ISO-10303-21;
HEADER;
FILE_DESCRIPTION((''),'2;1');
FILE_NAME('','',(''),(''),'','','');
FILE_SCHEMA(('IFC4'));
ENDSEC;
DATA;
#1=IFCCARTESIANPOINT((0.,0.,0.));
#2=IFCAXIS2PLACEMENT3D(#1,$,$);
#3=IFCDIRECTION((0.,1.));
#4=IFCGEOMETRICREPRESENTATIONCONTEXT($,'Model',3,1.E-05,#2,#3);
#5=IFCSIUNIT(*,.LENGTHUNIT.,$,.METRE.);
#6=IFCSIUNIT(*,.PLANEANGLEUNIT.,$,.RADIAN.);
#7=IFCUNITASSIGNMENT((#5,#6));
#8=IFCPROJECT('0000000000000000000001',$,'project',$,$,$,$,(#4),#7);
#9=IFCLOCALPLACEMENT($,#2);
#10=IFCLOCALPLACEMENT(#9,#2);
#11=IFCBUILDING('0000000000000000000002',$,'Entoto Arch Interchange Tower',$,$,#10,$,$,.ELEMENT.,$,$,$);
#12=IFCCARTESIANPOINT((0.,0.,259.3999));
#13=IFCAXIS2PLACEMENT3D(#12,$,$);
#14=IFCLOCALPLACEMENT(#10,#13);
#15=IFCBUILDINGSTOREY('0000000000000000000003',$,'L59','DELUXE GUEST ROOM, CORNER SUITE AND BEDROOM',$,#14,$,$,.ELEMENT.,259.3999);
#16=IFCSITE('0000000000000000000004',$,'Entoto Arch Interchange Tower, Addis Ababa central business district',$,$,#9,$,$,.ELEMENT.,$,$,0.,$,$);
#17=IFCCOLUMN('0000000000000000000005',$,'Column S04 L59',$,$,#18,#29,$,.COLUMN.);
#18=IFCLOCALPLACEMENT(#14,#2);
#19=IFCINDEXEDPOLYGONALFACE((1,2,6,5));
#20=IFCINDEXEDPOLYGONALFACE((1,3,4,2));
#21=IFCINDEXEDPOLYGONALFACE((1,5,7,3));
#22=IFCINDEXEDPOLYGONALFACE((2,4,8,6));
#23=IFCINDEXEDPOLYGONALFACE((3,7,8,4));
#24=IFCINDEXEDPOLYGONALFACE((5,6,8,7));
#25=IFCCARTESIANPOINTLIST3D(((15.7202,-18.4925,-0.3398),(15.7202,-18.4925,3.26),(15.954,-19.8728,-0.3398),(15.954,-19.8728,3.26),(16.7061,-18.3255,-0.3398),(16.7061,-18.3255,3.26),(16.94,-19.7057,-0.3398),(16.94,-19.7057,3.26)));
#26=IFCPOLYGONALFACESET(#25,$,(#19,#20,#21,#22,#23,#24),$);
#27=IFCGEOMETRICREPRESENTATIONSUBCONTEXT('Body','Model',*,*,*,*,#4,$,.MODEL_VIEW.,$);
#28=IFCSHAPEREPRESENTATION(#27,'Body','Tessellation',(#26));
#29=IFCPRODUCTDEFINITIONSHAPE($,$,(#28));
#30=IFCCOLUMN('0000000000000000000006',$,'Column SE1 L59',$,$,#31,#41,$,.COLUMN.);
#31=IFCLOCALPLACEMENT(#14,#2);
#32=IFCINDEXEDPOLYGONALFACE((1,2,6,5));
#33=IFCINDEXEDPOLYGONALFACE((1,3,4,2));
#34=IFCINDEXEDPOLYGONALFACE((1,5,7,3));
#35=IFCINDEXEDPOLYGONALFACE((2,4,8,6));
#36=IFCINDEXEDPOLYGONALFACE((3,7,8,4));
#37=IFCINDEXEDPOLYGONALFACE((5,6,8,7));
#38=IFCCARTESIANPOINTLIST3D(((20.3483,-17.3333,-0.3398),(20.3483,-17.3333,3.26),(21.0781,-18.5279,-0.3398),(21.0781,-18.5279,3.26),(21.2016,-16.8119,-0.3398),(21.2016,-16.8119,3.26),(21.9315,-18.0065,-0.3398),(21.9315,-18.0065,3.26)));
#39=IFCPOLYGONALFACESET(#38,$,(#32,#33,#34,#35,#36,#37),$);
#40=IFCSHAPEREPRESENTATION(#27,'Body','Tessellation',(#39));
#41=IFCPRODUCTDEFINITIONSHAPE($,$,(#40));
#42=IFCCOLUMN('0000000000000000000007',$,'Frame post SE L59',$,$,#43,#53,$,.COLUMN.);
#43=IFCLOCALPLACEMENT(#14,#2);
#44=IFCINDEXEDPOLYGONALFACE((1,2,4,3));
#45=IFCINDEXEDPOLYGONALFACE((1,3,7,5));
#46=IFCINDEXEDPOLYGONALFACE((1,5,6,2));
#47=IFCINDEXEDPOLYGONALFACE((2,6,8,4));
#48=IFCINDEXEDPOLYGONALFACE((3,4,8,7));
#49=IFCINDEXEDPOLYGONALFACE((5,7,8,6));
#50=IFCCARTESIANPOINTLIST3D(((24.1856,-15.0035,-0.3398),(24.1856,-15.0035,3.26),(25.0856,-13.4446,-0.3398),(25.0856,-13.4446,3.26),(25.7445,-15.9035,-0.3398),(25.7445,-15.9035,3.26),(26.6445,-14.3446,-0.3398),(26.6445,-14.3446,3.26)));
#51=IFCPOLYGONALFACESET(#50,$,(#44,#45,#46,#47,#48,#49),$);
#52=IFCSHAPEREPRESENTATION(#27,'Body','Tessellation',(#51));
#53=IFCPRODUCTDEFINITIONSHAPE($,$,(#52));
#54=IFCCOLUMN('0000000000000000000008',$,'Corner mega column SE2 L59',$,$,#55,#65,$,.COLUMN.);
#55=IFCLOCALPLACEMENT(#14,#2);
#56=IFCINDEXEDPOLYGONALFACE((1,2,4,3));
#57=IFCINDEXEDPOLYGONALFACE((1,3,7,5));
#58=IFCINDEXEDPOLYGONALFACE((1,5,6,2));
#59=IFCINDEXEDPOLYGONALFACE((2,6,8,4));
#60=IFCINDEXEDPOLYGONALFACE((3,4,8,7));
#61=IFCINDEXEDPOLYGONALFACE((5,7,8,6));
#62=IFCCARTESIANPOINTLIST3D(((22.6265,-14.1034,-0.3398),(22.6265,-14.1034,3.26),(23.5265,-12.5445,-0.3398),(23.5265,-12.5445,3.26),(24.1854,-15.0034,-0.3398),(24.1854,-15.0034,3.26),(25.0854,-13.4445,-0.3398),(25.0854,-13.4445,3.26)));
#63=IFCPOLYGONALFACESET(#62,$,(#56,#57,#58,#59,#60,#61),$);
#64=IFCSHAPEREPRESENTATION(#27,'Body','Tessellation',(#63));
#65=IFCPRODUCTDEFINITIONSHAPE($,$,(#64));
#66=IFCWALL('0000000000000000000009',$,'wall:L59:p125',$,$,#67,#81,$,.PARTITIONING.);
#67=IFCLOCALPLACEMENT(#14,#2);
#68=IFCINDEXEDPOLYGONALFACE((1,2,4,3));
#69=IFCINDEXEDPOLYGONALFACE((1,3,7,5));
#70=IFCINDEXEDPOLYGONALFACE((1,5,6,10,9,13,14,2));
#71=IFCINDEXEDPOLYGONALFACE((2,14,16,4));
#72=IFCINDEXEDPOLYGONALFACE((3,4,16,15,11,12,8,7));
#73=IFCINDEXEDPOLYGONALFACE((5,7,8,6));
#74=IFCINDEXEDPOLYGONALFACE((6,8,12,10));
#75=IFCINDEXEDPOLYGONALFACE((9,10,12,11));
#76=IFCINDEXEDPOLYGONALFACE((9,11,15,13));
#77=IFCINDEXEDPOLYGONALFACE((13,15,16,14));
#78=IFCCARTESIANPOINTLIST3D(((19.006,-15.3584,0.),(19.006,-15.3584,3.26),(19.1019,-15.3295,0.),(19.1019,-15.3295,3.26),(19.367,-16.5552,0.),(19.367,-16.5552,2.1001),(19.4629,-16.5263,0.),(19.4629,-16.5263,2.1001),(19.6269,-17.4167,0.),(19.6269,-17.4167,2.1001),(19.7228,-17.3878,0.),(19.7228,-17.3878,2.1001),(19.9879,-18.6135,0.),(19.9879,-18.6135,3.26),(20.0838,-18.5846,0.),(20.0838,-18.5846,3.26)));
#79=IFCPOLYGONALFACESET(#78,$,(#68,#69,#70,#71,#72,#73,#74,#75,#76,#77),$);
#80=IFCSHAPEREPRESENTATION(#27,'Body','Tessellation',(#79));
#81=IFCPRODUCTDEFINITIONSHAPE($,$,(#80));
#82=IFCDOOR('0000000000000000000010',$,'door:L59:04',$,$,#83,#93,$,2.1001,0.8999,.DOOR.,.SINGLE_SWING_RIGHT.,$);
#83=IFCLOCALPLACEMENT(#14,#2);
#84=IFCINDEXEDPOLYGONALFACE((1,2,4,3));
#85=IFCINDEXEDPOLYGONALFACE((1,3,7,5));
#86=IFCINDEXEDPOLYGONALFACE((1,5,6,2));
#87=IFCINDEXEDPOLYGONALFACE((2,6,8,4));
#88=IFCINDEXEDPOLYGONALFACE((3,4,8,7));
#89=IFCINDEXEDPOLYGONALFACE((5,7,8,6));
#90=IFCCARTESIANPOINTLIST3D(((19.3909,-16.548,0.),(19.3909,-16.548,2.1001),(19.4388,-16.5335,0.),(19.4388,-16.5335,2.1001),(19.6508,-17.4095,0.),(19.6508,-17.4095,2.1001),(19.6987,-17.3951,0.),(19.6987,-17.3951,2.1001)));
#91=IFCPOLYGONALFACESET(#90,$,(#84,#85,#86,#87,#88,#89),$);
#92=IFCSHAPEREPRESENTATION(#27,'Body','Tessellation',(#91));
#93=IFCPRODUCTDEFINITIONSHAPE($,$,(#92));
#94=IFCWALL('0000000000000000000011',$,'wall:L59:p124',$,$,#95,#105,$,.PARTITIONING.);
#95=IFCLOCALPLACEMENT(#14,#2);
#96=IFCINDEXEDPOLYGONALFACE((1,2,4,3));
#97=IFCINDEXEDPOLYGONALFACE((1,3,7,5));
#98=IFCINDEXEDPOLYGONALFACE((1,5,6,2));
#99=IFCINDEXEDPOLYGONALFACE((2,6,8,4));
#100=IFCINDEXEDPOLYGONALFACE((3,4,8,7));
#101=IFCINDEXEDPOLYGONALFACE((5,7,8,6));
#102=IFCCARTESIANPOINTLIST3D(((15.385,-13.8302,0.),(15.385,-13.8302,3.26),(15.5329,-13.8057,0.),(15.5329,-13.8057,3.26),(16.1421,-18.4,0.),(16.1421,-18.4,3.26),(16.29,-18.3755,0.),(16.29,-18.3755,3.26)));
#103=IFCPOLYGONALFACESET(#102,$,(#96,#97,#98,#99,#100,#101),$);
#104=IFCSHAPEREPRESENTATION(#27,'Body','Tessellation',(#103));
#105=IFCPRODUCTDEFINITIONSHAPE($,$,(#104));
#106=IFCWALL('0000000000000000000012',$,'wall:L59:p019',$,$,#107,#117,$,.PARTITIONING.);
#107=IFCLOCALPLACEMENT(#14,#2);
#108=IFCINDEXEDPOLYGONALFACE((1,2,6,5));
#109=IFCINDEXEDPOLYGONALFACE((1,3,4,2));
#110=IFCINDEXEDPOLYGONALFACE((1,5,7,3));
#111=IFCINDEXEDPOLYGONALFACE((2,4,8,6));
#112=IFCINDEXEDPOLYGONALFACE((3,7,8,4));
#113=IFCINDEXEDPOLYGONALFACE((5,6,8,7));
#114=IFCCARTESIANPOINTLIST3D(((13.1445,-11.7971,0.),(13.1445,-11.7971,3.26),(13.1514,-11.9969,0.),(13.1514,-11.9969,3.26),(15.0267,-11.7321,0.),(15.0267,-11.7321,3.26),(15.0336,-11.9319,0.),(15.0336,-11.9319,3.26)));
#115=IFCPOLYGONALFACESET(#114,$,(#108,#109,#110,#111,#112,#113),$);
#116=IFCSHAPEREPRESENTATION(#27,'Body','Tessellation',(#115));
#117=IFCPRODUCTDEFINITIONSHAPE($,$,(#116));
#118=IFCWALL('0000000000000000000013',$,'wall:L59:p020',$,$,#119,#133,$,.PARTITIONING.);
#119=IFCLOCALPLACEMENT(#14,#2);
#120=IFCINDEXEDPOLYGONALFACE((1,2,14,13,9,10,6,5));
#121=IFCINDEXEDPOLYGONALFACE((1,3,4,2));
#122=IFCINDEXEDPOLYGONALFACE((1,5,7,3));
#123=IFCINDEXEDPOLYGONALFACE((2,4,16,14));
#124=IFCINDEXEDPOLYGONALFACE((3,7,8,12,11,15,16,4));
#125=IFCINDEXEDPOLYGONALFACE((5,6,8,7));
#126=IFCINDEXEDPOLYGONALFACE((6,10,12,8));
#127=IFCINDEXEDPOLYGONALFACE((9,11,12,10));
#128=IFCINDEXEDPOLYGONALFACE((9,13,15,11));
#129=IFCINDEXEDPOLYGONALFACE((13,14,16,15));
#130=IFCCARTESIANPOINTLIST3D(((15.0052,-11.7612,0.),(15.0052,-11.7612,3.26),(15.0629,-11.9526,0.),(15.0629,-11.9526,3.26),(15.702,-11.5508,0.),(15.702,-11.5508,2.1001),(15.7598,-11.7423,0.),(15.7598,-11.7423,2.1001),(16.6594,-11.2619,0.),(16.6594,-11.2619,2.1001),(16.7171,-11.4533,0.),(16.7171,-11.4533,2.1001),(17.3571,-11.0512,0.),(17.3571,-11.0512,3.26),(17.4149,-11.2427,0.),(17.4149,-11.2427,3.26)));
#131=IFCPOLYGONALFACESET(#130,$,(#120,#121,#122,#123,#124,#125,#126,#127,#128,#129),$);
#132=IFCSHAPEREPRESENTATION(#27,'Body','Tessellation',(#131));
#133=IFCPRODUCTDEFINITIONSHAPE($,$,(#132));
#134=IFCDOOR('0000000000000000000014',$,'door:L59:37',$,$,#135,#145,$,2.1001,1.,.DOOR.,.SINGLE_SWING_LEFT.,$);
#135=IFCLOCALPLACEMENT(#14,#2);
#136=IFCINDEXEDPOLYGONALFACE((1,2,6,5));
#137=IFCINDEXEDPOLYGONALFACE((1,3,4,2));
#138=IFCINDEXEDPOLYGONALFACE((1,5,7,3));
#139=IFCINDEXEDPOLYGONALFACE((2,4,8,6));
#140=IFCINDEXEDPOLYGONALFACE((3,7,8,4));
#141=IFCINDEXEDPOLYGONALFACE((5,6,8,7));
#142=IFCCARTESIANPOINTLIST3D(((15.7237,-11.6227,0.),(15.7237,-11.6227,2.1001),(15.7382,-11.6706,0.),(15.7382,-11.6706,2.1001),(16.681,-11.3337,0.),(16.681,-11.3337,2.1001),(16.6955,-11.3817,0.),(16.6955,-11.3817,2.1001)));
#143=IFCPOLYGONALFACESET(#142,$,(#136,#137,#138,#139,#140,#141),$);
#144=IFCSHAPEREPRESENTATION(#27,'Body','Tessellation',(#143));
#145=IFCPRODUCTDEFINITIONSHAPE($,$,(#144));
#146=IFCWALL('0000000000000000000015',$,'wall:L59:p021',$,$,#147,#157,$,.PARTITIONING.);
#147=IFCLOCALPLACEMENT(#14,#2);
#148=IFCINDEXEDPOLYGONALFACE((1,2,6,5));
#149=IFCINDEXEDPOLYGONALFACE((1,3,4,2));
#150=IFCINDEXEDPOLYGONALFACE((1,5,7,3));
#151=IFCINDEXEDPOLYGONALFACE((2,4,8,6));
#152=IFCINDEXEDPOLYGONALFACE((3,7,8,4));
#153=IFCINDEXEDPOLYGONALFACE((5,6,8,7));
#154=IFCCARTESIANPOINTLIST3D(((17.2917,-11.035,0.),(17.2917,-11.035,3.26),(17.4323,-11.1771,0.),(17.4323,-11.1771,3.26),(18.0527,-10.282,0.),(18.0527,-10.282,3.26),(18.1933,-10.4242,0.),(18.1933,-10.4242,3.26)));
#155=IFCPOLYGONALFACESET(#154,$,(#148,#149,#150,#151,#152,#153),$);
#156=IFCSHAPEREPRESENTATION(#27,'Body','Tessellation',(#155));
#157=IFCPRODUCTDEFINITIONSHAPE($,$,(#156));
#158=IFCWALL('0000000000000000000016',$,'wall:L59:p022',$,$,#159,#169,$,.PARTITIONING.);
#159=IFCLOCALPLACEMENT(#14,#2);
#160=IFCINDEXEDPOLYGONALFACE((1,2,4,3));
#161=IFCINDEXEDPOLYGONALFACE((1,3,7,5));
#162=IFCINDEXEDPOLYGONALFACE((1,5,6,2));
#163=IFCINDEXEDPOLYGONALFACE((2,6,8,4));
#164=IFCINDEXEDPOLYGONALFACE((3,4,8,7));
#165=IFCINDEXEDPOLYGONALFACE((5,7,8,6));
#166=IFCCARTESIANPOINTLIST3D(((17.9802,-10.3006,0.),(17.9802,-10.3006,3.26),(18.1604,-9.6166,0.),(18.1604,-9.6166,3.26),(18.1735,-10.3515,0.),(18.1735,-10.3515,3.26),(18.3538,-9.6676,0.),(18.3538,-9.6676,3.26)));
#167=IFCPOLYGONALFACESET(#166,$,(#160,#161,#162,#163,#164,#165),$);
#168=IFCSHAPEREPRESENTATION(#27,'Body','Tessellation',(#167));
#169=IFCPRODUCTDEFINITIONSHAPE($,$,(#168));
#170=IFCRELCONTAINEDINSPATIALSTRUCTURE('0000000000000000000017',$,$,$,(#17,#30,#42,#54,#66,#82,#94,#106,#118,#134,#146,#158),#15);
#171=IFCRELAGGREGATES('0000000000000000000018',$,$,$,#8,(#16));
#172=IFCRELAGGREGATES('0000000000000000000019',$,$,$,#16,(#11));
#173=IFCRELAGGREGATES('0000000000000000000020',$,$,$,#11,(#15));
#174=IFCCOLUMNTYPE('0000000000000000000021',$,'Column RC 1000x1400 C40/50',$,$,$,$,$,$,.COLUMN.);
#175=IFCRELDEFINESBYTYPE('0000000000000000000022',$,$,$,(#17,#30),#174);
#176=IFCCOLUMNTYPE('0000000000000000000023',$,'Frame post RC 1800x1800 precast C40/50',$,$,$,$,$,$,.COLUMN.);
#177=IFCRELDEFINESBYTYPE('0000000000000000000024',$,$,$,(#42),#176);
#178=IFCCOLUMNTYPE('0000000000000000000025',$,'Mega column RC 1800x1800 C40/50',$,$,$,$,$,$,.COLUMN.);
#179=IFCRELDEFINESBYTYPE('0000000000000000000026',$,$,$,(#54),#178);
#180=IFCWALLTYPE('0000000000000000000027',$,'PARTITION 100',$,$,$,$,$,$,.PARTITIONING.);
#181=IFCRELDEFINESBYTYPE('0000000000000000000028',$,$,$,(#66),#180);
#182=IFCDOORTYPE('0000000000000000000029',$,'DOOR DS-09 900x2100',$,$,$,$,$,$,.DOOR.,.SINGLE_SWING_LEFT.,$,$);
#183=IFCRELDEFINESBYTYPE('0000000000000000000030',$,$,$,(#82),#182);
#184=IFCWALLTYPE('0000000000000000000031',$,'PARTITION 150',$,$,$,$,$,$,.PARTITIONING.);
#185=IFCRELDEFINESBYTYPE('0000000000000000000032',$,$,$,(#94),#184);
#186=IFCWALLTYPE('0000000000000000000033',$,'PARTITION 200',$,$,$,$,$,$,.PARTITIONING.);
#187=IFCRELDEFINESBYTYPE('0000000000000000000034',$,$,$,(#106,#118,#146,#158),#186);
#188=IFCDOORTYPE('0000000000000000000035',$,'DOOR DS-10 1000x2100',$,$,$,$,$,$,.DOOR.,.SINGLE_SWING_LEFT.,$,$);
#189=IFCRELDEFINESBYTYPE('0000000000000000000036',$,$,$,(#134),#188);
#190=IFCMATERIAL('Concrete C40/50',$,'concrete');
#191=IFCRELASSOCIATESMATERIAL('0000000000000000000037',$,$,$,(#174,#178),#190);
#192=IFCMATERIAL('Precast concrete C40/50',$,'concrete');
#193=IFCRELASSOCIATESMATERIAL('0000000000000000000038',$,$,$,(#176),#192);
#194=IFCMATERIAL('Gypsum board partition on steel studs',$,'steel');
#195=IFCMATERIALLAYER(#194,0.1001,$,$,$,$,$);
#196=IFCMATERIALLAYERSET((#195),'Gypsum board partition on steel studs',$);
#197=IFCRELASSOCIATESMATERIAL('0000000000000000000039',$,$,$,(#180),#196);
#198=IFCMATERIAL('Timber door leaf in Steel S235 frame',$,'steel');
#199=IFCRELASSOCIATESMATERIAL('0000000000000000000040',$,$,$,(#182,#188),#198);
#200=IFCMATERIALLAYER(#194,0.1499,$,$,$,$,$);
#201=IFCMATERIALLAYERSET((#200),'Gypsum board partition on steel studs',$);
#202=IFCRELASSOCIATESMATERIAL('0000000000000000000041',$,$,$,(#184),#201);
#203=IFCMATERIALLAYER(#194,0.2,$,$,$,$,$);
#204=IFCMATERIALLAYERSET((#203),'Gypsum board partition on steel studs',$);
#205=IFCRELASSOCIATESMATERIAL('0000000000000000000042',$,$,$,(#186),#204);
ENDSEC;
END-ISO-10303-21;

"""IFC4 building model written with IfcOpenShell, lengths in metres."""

from ifc_helpers import new_model, si_unit, direction, frame, frame_2d, origin, origin_2d, place, context, subcontext, project, spatial, rectangle, extrude, material, layer, layer_set, material_profile, profile_set, type_object, element, fill, save


model = new_model("IFC4")

# Units and contexts
model_context = context("Model", 3, precision=1e-05, world=origin(), true_north=direction((0.0, 1.0)))
body_context = subcontext(model_context, "Body", "Model", "MODEL_VIEW")
ifc_project = project(units=[si_unit("LENGTHUNIT", "METRE"), si_unit("PLANEANGLEUNIT", "RADIAN")], contexts=[model_context])

# Site, building, storey
site_placement = place(None, origin())
site = spatial("IfcSite", under=ifc_project, at=site_placement, Name="Entoto Arch Interchange Tower, Addis Ababa central business district", CompositionType="ELEMENT", RefElevation=0.0)
building_placement = place(site_placement, origin())
building = spatial("IfcBuilding", under=site, at=building_placement, Name="Entoto Arch Interchange Tower", CompositionType="ELEMENT")
storey_placement = place(building_placement, frame((0.0, 0.0, 259.3999)))
storey = spatial("IfcBuildingStorey", under=building, at=storey_placement, Name="L59", Description="DELUXE GUEST ROOM, CORNER SUITE AND BEDROOM", CompositionType="ELEMENT", Elevation=259.3999)

# Columns
ifc_material_1 = material(Name="Concrete C40/50", Category="concrete")
ifc_material_profile_1 = material_profile(ifc_material_1, rectangle(XDim=1.0, YDim=1.3999, at=origin_2d()))
ifc_profile_set_1 = profile_set([ifc_material_profile_1], Name="Concrete C40/50")
column_type_1 = type_object("IfcColumnType", Name="Column RC 1000x1400 C40/50", PredefinedType="COLUMN", material=ifc_profile_set_1)
for number, where, z_axis, x_axis, name in (
    (1, (16.3301, -19.0991, -0.3398), (0.0, 0.0, 1.0), (0.985952, 0.167027, 0.0), "Column S04 L59"),
    (2, (21.1399, -17.6699, -0.3398), (0.0, 0.0, 1.0), (0.853342, 0.521352, 0.0), "Column SE1 L59"),
):
    element("IfcColumn", number, at=place(storey_placement, frame(where, z_axis=z_axis, x_axis=x_axis)), inside=storey, type_object=column_type_1, Name=name, PredefinedType="COLUMN", context=body_context, shape_type="SweptSolid", body=[
        extrude(rectangle(XDim=1.0, YDim=1.3999, at=origin_2d()), origin(), (0.0, 0.0, 1.0), 3.5999),
    ])
ifc_material_2 = material(Name="Precast concrete C40/50", Category="concrete")
ifc_material_profile_2 = material_profile(ifc_material_2, rectangle(XDim=1.8, YDim=1.8, at=origin_2d()))
ifc_profile_set_2 = profile_set([ifc_material_profile_2], Name="Precast concrete C40/50")
column_type_2 = type_object("IfcColumnType", Name="Frame post RC 1800x1800 precast C40/50", PredefinedType="COLUMN", material=ifc_profile_set_2)
column_1_placement = place(storey_placement, frame((25.415, -14.6741, -0.3398), z_axis=(0.0, 0.0, 1.0), x_axis=(-0.866025, 0.5, 0.0)))
element("IfcColumn", 3, at=column_1_placement, inside=storey, type_object=column_type_2, Name="Frame post SE L59", PredefinedType="COLUMN", context=body_context, shape_type="SweptSolid", body=[
    extrude(rectangle(XDim=1.8, YDim=1.8, at=origin_2d()), origin(), (0.0, 0.0, 1.0), 3.5999),
])
ifc_material_profile_3 = material_profile(ifc_material_1, rectangle(XDim=1.8, YDim=1.8, at=origin_2d()))
ifc_profile_set_3 = profile_set([ifc_material_profile_3], Name="Concrete C40/50")
column_type_3 = type_object("IfcColumnType", Name="Mega column RC 1800x1800 C40/50", PredefinedType="COLUMN", material=ifc_profile_set_3)
column_2_placement = place(storey_placement, frame((23.856, -13.7739, -0.3398), z_axis=(0.0, 0.0, 1.0), x_axis=(-0.866025, 0.5, 0.0)))
element("IfcColumn", 4, at=column_2_placement, inside=storey, type_object=column_type_3, Name="Corner mega column SE2 L59", PredefinedType="COLUMN", context=body_context, shape_type="SweptSolid", body=[
    extrude(rectangle(XDim=1.8, YDim=1.8, at=origin_2d()), origin(), (0.0, 0.0, 1.0), 3.5999),
])

# Wall, opening, door
ifc_material_3 = material(Name="Gypsum board partition on steel studs", Category="steel")
ifc_layer_1 = layer(ifc_material_3, 0.1001)
ifc_layer_set_1 = layer_set([ifc_layer_1], Name="Gypsum board partition on steel studs")
wall_type_1 = type_object("IfcWallType", Name="PARTITION 100", PredefinedType="PARTITIONING", material=ifc_layer_set_1)
wall_1_placement = place(storey_placement, frame((19.054, -15.344, 0.0), z_axis=(0.0, 0.0, 1.0), x_axis=(0.288803, -0.957388, 0.0)))
wall_1 = element("IfcWall", 5, at=wall_1_placement, inside=storey, type_object=wall_type_1, Name="wall:L59:p125", PredefinedType="PARTITIONING", context=body_context, shape_type="SweptSolid", body=[
    extrude(rectangle(XDim=3.3999, YDim=0.1001, at=frame_2d((1.7, 0.0))), origin(), (0.0, 0.0, 1.0), 3.26),
])
opening_1_placement = place(wall_1_placement, frame((1.25, 0.0, 0.0)))
opening_1 = element("IfcOpeningElement", 6, at=opening_1_placement, cuts=wall_1, PredefinedType="OPENING", context=body_context, shape_type="SweptSolid", body=[
    extrude(rectangle(XDim=0.8999, YDim=2.1001, at=frame_2d((0.45, 1.05))), frame((0.0, 0.0601, 0.0), z_axis=(0.0, -1.0, 0.0), x_axis=(1.0, 0.0, 0.0)), (0.0, 0.0, 1.0), 0.1201),
])
ifc_material_4 = material(Name="Timber door leaf in Steel S235 frame", Category="steel")
door_type_1 = type_object("IfcDoorType", Name="DOOR DS-09 900x2100", OperationType="SINGLE_SWING_LEFT", PredefinedType="DOOR", material=ifc_material_4)
door_1_placement = place(opening_1_placement, origin())
door_1 = element("IfcDoor", 7, at=door_1_placement, inside=storey, type_object=door_type_1, Name="door:L59:04", OperationType="SINGLE_SWING_RIGHT", OverallHeight=2.1001, OverallWidth=0.8999, PredefinedType="DOOR", context=body_context, shape_type="SweptSolid", body=[
    extrude(rectangle(XDim=0.8999, YDim=2.1001, at=frame_2d((0.45, 1.05))), frame((0.0, 0.0249, 0.0), z_axis=(0.0, -1.0, 0.0), x_axis=(1.0, 0.0, 0.0)), (0.0, 0.0, 1.0), 0.05),
])
fill(opening_1, door_1)

# Walls
ifc_layer_2 = layer(ifc_material_3, 0.1499)
ifc_layer_set_2 = layer_set([ifc_layer_2], Name="Gypsum board partition on steel studs")
wall_type_2 = type_object("IfcWallType", Name="PARTITION 150", PredefinedType="PARTITIONING", material=ifc_layer_set_2)
wall_2_placement = place(storey_placement, frame((15.459, -13.8181, 0.0), z_axis=(0.0, 0.0, 1.0), x_axis=(0.163442, -0.986553, 0.0)))
element("IfcWall", 8, at=wall_2_placement, inside=storey, type_object=wall_type_2, Name="wall:L59:p124", PredefinedType="PARTITIONING", context=body_context, shape_type="SweptSolid", body=[
    extrude(rectangle(XDim=4.6321, YDim=0.1499, at=frame_2d((2.3159, 0.0))), origin(), (0.0, 0.0, 1.0), 3.26),
])
ifc_layer_3 = layer(ifc_material_3, 0.2)
ifc_layer_set_3 = layer_set([ifc_layer_3], Name="Gypsum board partition on steel studs")
wall_type_3 = type_object("IfcWallType", Name="PARTITION 200", PredefinedType="PARTITIONING", material=ifc_layer_set_3)
wall_3_placement = place(storey_placement, frame((13.1479, -11.897, 0.0), z_axis=(0.0, 0.0, 1.0), x_axis=(0.999405, 0.034485, 0.0)))
element("IfcWall", 9, at=wall_3_placement, inside=storey, type_object=wall_type_3, Name="wall:L59:p019", PredefinedType="PARTITIONING", context=body_context, shape_type="SweptSolid", body=[
    extrude(rectangle(XDim=1.8833, YDim=0.2, at=frame_2d((0.9417, 0.0))), origin(), (0.0, 0.0, 1.0), 3.26),
])

# Wall, opening, door
wall_4_placement = place(storey_placement, frame((15.0339, -11.8569, 0.0), z_axis=(0.0, 0.0, 1.0), x_axis=(0.957338, 0.28897, 0.0)))
wall_4 = element("IfcWall", 10, at=wall_4_placement, inside=storey, type_object=wall_type_3, Name="wall:L59:p020", PredefinedType="PARTITIONING", context=body_context, shape_type="SweptSolid", body=[
    extrude(rectangle(XDim=2.4568, YDim=0.2, at=frame_2d((1.2285, 0.0))), origin(), (0.0, 0.0, 1.0), 3.26),
])
opening_2_placement = place(wall_4_placement, frame((0.728, 0.0, 0.0)))
opening_2 = element("IfcOpeningElement", 11, at=opening_2_placement, cuts=wall_4, PredefinedType="OPENING", context=body_context, shape_type="SweptSolid", body=[
    extrude(rectangle(XDim=1.0, YDim=2.1001, at=frame_2d((0.5, 1.05))), frame((0.0, 0.1099, 0.0), z_axis=(0.0, -1.0, 0.0), x_axis=(1.0, 0.0, 0.0)), (0.0, 0.0, 1.0), 0.22),
])
door_type_2 = type_object("IfcDoorType", Name="DOOR DS-10 1000x2100", OperationType="SINGLE_SWING_LEFT", PredefinedType="DOOR", material=ifc_material_4)
door_2_placement = place(opening_2_placement, origin())
door_2 = element("IfcDoor", 12, at=door_2_placement, inside=storey, type_object=door_type_2, Name="door:L59:37", OperationType="SINGLE_SWING_LEFT", OverallHeight=2.1001, OverallWidth=1.0, PredefinedType="DOOR", context=body_context, shape_type="SweptSolid", body=[
    extrude(rectangle(XDim=1.0, YDim=2.1001, at=frame_2d((0.5, 1.05))), frame((0.0, 0.0249, 0.0), z_axis=(0.0, -1.0, 0.0), x_axis=(1.0, 0.0, 0.0)), (0.0, 0.0, 1.0), 0.05),
])
fill(opening_2, door_2)

# Walls
wall_5_placement = place(storey_placement, frame((17.3621, -11.106, 0.0), z_axis=(0.0, 0.0, 1.0), x_axis=(0.71086, 0.703334, 0.0)))
element("IfcWall", 13, at=wall_5_placement, inside=storey, type_object=wall_type_3, Name="wall:L59:p021", PredefinedType="PARTITIONING", context=body_context, shape_type="SweptSolid", body=[
    extrude(rectangle(XDim=1.0706, YDim=0.2, at=frame_2d((0.5352, 0.0))), origin(), (0.0, 0.0, 1.0), 3.26),
])
wall_6_placement = place(storey_placement, frame((18.0769, -10.3259, 0.0), z_axis=(0.0, 0.0, 1.0), x_axis=(0.254782, 0.966998, 0.0)))
element("IfcWall", 14, at=wall_6_placement, inside=storey, type_object=wall_type_3, Name="wall:L59:p022", PredefinedType="PARTITIONING", context=body_context, shape_type="SweptSolid", body=[
    extrude(rectangle(XDim=0.7073, YDim=0.2, at=frame_2d((0.3535, 0.0))), origin(), (0.0, 0.0, 1.0), 3.26),
])

save(model, "model.ifc")
